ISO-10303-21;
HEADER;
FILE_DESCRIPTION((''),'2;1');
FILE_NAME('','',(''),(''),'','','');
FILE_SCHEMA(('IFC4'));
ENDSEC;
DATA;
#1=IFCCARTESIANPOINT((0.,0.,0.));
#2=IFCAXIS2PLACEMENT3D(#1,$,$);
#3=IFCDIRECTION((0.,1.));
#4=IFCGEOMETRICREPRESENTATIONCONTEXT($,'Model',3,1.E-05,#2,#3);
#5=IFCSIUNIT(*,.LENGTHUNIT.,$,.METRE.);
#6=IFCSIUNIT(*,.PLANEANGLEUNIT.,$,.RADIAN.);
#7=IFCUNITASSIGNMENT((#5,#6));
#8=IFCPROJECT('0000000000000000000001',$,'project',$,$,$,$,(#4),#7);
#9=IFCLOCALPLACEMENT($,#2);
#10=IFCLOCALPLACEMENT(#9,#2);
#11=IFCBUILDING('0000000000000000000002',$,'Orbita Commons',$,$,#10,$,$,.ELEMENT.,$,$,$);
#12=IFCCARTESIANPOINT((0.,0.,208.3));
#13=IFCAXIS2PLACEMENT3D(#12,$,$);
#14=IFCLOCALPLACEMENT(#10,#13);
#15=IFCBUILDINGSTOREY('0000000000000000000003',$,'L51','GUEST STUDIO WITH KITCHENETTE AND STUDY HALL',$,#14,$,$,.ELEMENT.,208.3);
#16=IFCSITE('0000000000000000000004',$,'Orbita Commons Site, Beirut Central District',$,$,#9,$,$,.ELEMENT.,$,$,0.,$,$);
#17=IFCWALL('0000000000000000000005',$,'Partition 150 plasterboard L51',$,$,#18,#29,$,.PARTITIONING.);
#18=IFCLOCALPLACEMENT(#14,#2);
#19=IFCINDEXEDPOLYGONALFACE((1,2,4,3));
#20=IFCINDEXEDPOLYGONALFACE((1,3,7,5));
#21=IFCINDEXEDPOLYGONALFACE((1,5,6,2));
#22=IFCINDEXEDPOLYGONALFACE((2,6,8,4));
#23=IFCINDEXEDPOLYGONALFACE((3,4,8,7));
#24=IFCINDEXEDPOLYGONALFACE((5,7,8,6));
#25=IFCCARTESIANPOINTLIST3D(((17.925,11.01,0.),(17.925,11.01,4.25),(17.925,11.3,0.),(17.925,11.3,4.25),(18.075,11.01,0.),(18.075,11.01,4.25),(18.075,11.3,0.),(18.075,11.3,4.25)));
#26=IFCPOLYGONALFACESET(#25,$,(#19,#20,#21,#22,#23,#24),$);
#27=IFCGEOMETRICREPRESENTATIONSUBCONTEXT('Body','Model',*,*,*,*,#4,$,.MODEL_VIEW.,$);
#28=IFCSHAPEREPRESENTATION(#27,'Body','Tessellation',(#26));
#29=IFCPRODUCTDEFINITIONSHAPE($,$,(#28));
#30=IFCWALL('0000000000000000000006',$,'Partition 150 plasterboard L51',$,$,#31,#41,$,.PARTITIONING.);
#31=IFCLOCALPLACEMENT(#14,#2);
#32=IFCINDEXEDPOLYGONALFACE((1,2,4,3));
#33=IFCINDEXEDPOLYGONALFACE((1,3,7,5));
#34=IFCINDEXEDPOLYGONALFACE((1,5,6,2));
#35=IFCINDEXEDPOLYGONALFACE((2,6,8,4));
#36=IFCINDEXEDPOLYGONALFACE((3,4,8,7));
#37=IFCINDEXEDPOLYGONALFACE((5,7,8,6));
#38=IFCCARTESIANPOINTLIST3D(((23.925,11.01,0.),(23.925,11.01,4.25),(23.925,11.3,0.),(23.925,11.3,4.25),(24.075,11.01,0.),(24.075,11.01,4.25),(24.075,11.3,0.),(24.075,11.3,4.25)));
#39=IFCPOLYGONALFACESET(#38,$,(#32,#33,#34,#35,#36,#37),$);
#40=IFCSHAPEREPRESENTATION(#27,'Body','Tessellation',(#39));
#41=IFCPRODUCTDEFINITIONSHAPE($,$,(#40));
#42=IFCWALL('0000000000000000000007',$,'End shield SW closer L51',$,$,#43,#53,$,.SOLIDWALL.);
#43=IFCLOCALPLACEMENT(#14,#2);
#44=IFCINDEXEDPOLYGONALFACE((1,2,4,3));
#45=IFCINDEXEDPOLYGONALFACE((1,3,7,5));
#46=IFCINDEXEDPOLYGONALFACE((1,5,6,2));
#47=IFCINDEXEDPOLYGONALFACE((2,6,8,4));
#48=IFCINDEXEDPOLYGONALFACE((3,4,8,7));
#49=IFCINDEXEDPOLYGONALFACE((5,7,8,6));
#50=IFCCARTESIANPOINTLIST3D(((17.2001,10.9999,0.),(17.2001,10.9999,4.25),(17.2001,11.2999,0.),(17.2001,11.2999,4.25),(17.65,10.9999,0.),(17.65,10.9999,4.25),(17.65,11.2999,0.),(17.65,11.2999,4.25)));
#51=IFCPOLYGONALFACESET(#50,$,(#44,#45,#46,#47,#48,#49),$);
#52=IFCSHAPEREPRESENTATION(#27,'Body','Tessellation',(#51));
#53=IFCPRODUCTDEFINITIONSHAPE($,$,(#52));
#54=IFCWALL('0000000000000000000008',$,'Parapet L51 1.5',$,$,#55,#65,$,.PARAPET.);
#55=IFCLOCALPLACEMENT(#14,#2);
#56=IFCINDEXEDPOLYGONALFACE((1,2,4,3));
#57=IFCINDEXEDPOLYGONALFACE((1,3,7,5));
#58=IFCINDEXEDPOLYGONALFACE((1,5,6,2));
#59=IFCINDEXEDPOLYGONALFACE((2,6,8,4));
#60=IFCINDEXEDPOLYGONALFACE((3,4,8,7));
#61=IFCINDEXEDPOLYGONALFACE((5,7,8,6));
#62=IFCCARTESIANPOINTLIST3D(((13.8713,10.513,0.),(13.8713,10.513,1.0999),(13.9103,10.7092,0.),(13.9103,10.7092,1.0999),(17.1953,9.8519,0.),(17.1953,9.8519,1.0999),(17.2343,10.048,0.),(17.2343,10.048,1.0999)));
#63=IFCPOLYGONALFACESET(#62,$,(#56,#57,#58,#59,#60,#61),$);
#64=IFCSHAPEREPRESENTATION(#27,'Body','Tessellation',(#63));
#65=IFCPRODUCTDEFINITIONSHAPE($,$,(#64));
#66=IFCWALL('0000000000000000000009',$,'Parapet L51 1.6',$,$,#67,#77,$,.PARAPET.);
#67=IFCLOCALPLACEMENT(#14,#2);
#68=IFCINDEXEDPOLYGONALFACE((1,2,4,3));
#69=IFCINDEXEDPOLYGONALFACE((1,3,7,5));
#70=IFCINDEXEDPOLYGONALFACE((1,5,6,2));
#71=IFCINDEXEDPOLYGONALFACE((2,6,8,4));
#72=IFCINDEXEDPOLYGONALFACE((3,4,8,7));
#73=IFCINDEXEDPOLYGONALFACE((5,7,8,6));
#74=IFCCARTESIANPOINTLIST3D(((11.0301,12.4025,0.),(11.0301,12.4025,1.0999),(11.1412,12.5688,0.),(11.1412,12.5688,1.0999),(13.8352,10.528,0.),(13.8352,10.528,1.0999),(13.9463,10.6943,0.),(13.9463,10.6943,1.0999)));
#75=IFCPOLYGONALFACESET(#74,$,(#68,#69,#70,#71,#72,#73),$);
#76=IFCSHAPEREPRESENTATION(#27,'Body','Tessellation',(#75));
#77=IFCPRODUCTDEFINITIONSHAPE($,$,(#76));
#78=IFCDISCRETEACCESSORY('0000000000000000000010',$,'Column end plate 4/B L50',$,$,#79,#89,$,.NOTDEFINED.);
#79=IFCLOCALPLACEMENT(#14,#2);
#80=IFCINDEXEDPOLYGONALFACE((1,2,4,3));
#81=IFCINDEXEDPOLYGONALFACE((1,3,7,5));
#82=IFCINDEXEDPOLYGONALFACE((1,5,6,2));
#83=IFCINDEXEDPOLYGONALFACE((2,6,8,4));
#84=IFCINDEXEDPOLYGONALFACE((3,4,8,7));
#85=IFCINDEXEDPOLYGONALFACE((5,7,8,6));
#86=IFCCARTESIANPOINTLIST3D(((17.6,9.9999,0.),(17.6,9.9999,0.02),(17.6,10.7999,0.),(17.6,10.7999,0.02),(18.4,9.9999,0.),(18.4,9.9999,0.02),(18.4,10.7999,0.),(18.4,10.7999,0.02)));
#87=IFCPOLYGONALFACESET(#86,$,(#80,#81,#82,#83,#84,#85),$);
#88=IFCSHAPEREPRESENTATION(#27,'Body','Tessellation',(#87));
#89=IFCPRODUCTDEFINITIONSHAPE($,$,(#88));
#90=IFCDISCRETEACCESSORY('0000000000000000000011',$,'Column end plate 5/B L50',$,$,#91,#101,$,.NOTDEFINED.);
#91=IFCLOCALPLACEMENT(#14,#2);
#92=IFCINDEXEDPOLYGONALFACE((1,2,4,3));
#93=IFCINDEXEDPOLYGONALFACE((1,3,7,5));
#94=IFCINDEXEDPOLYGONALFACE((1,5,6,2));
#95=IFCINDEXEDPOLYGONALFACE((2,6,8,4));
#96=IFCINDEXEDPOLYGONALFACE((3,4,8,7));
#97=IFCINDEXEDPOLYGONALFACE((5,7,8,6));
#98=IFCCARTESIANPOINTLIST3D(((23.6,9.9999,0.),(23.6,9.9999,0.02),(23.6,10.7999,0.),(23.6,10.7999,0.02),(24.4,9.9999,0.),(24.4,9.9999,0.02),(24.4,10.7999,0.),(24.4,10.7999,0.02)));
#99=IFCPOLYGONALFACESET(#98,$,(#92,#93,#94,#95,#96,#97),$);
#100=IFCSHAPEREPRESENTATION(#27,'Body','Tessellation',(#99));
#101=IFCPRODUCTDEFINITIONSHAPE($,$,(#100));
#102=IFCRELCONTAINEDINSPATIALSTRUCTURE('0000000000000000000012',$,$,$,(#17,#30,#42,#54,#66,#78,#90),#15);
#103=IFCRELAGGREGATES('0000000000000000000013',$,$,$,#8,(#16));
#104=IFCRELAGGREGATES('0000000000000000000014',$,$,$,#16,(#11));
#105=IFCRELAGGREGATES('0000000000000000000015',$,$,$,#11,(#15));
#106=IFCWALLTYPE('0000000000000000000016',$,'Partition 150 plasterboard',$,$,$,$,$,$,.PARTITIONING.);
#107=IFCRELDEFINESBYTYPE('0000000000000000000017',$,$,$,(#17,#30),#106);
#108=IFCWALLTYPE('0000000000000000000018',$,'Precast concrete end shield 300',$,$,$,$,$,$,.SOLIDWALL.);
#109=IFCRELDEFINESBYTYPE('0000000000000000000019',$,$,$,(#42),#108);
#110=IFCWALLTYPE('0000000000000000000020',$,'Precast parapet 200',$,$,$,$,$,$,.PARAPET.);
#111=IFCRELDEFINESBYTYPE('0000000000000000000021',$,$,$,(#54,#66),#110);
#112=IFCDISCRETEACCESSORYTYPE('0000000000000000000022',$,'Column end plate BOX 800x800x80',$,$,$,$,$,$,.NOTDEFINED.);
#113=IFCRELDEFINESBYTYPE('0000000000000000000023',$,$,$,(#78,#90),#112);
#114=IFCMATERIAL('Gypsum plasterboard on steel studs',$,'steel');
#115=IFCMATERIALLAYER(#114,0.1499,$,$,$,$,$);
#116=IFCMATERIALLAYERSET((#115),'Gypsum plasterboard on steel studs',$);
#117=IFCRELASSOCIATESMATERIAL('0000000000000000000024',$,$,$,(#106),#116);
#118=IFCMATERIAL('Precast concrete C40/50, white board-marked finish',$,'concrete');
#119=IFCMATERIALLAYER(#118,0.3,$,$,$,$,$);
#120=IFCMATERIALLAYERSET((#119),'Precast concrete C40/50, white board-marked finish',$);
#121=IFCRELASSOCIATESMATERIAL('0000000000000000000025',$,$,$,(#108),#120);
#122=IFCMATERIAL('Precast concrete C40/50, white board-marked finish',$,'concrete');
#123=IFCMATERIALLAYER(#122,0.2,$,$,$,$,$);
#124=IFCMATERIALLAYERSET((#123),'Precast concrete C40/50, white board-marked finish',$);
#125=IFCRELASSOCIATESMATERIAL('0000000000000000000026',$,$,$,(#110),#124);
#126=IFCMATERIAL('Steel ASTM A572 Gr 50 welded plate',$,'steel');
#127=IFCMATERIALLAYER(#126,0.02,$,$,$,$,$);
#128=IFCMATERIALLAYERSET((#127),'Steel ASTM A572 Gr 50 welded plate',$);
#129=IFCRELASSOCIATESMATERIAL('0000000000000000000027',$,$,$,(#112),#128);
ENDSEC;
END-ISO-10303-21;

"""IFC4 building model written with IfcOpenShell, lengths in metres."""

from ifc_helpers import new_model, si_unit, direction, frame, frame_2d, origin, origin_2d, place, context, subcontext, project, spatial, rectangle, extrude, material, layer, layer_set, type_object, element, save


model = new_model("IFC4")

# Units and contexts
model_context = context("Model", 3, precision=1e-05, world=origin(), true_north=direction((0.0, 1.0)))
body_context = subcontext(model_context, "Body", "Model", "MODEL_VIEW")
ifc_project = project(units=[si_unit("LENGTHUNIT", "METRE"), si_unit("PLANEANGLEUNIT", "RADIAN")], contexts=[model_context])

# Site, building, storey
site_placement = place(None, origin())
site = spatial("IfcSite", under=ifc_project, at=site_placement, Name="Orbita Commons Site, Beirut Central District", CompositionType="ELEMENT", RefElevation=0.0)
building_placement = place(site_placement, origin())
building = spatial("IfcBuilding", under=site, at=building_placement, Name="Orbita Commons", CompositionType="ELEMENT")
storey_placement = place(building_placement, frame((0.0, 0.0, 208.3)))
storey = spatial("IfcBuildingStorey", under=building, at=storey_placement, Name="L51", Description="GUEST STUDIO WITH KITCHENETTE AND STUDY HALL", CompositionType="ELEMENT", Elevation=208.3)

# Walls
ifc_material_1 = material(Name="Gypsum plasterboard on steel studs", Category="steel")
ifc_layer_1 = layer(ifc_material_1, 0.1499)
ifc_layer_set_1 = layer_set([ifc_layer_1], Name="Gypsum plasterboard on steel studs")
wall_type_1 = type_object("IfcWallType", Name="Partition 150 plasterboard", PredefinedType="PARTITIONING", material=ifc_layer_set_1)
for number, where, z_axis, x_axis, name in (
    (1, (18.0, 11.3, 0.0), (0.0, 0.0, 1.0), (0.0, -1.0, 0.0), "Partition 150 plasterboard L51"),
    (2, (24.0, 11.3, 0.0), (0.0, 0.0, 1.0), (0.0, -1.0, 0.0), "Partition 150 plasterboard L51"),
):
    element("IfcWall", number, at=place(storey_placement, frame(where, z_axis=z_axis, x_axis=x_axis)), inside=storey, type_object=wall_type_1, Name=name, PredefinedType="PARTITIONING", context=body_context, shape_type="SweptSolid", body=[
        extrude(rectangle(XDim=0.29, YDim=0.1499, at=frame_2d((0.145, 0.0))), origin(), (0.0, 0.0, 1.0), 4.25),
    ])
ifc_material_2 = material(Name="Precast concrete C40/50, white board-marked finish", Category="concrete")
ifc_layer_2 = layer(ifc_material_2, 0.3)
ifc_layer_set_2 = layer_set([ifc_layer_2], Name="Precast concrete C40/50, white board-marked finish")
wall_type_2 = type_object("IfcWallType", Name="Precast concrete end shield 300", PredefinedType="SOLIDWALL", material=ifc_layer_set_2)
wall_1_placement = place(storey_placement, frame((17.2, 11.1499, 0.0), z_axis=(0.0, 0.0, 1.0), x_axis=(1.0, 0.0, 0.0)))
element("IfcWall", 3, at=wall_1_placement, inside=storey, type_object=wall_type_2, Name="End shield SW closer L51", PredefinedType="SOLIDWALL", context=body_context, shape_type="SweptSolid", body=[
    extrude(rectangle(XDim=0.45, YDim=0.3, at=frame_2d((0.2251, 0.0))), origin(), (0.0, 0.0, 1.0), 4.25),
])
ifc_material_3 = material(Name="Precast concrete C40/50, white board-marked finish", Category="concrete")
ifc_layer_3 = layer(ifc_material_3, 0.2)
ifc_layer_set_3 = layer_set([ifc_layer_3], Name="Precast concrete C40/50, white board-marked finish")
wall_type_3 = type_object("IfcWallType", Name="Precast parapet 200", PredefinedType="PARAPET", material=ifc_layer_set_3)
wall_2_placement = place(storey_placement, frame((17.2148, 9.95, 0.0), z_axis=(0.0, 0.0, 1.0), x_axis=(-0.980788, 0.195077, 0.0)))
element("IfcWall", 4, at=wall_2_placement, inside=storey, type_object=wall_type_3, Name="Parapet L51 1.5", PredefinedType="PARAPET", context=body_context, shape_type="SweptSolid", body=[
    extrude(rectangle(XDim=3.3892, YDim=0.2, at=frame_2d((1.6946, 0.0))), origin(), (0.0, 0.0, 1.0), 1.0999),
])
wall_3_placement = place(storey_placement, frame((13.8909, 10.6111, 0.0), z_axis=(0.0, 0.0, 1.0), x_axis=(-0.831449, 0.555602, 0.0)))
element("IfcWall", 5, at=wall_3_placement, inside=storey, type_object=wall_type_3, Name="Parapet L51 1.6", PredefinedType="PARAPET", context=body_context, shape_type="SweptSolid", body=[
    extrude(rectangle(XDim=3.3738, YDim=0.2, at=frame_2d((1.687, 0.0))), origin(), (0.0, 0.0, 1.0), 1.0999),
])

# Discrete accessories
ifc_material_4 = material(Name="Steel ASTM A572 Gr 50 welded plate", Category="steel")
ifc_layer_4 = layer(ifc_material_4, 0.02)
ifc_layer_set_4 = layer_set([ifc_layer_4], Name="Steel ASTM A572 Gr 50 welded plate")
discrete_accessory_type = type_object("IfcDiscreteAccessoryType", Name="Column end plate BOX 800x800x80", PredefinedType="NOTDEFINED", material=ifc_layer_set_4)
for number, where, z_axis, x_axis, name in (
    (6, (18.0, 10.3999, 0.0), (0.0, 0.0, 1.0), (1.0, 0.0, 0.0), "Column end plate 4/B L50"),
    (7, (24.0, 10.3999, 0.0), (0.0, 0.0, 1.0), (1.0, 0.0, 0.0), "Column end plate 5/B L50"),
):
    element("IfcDiscreteAccessory", number, at=place(storey_placement, frame(where, z_axis=z_axis, x_axis=x_axis)), inside=storey, type_object=discrete_accessory_type, Name=name, PredefinedType="NOTDEFINED", context=body_context, shape_type="SweptSolid", body=[
        extrude(rectangle(XDim=0.8, YDim=0.8, at=origin_2d()), origin(), (0.0, 0.0, 1.0), 0.02),
    ])

save(model, "model.ifc")
